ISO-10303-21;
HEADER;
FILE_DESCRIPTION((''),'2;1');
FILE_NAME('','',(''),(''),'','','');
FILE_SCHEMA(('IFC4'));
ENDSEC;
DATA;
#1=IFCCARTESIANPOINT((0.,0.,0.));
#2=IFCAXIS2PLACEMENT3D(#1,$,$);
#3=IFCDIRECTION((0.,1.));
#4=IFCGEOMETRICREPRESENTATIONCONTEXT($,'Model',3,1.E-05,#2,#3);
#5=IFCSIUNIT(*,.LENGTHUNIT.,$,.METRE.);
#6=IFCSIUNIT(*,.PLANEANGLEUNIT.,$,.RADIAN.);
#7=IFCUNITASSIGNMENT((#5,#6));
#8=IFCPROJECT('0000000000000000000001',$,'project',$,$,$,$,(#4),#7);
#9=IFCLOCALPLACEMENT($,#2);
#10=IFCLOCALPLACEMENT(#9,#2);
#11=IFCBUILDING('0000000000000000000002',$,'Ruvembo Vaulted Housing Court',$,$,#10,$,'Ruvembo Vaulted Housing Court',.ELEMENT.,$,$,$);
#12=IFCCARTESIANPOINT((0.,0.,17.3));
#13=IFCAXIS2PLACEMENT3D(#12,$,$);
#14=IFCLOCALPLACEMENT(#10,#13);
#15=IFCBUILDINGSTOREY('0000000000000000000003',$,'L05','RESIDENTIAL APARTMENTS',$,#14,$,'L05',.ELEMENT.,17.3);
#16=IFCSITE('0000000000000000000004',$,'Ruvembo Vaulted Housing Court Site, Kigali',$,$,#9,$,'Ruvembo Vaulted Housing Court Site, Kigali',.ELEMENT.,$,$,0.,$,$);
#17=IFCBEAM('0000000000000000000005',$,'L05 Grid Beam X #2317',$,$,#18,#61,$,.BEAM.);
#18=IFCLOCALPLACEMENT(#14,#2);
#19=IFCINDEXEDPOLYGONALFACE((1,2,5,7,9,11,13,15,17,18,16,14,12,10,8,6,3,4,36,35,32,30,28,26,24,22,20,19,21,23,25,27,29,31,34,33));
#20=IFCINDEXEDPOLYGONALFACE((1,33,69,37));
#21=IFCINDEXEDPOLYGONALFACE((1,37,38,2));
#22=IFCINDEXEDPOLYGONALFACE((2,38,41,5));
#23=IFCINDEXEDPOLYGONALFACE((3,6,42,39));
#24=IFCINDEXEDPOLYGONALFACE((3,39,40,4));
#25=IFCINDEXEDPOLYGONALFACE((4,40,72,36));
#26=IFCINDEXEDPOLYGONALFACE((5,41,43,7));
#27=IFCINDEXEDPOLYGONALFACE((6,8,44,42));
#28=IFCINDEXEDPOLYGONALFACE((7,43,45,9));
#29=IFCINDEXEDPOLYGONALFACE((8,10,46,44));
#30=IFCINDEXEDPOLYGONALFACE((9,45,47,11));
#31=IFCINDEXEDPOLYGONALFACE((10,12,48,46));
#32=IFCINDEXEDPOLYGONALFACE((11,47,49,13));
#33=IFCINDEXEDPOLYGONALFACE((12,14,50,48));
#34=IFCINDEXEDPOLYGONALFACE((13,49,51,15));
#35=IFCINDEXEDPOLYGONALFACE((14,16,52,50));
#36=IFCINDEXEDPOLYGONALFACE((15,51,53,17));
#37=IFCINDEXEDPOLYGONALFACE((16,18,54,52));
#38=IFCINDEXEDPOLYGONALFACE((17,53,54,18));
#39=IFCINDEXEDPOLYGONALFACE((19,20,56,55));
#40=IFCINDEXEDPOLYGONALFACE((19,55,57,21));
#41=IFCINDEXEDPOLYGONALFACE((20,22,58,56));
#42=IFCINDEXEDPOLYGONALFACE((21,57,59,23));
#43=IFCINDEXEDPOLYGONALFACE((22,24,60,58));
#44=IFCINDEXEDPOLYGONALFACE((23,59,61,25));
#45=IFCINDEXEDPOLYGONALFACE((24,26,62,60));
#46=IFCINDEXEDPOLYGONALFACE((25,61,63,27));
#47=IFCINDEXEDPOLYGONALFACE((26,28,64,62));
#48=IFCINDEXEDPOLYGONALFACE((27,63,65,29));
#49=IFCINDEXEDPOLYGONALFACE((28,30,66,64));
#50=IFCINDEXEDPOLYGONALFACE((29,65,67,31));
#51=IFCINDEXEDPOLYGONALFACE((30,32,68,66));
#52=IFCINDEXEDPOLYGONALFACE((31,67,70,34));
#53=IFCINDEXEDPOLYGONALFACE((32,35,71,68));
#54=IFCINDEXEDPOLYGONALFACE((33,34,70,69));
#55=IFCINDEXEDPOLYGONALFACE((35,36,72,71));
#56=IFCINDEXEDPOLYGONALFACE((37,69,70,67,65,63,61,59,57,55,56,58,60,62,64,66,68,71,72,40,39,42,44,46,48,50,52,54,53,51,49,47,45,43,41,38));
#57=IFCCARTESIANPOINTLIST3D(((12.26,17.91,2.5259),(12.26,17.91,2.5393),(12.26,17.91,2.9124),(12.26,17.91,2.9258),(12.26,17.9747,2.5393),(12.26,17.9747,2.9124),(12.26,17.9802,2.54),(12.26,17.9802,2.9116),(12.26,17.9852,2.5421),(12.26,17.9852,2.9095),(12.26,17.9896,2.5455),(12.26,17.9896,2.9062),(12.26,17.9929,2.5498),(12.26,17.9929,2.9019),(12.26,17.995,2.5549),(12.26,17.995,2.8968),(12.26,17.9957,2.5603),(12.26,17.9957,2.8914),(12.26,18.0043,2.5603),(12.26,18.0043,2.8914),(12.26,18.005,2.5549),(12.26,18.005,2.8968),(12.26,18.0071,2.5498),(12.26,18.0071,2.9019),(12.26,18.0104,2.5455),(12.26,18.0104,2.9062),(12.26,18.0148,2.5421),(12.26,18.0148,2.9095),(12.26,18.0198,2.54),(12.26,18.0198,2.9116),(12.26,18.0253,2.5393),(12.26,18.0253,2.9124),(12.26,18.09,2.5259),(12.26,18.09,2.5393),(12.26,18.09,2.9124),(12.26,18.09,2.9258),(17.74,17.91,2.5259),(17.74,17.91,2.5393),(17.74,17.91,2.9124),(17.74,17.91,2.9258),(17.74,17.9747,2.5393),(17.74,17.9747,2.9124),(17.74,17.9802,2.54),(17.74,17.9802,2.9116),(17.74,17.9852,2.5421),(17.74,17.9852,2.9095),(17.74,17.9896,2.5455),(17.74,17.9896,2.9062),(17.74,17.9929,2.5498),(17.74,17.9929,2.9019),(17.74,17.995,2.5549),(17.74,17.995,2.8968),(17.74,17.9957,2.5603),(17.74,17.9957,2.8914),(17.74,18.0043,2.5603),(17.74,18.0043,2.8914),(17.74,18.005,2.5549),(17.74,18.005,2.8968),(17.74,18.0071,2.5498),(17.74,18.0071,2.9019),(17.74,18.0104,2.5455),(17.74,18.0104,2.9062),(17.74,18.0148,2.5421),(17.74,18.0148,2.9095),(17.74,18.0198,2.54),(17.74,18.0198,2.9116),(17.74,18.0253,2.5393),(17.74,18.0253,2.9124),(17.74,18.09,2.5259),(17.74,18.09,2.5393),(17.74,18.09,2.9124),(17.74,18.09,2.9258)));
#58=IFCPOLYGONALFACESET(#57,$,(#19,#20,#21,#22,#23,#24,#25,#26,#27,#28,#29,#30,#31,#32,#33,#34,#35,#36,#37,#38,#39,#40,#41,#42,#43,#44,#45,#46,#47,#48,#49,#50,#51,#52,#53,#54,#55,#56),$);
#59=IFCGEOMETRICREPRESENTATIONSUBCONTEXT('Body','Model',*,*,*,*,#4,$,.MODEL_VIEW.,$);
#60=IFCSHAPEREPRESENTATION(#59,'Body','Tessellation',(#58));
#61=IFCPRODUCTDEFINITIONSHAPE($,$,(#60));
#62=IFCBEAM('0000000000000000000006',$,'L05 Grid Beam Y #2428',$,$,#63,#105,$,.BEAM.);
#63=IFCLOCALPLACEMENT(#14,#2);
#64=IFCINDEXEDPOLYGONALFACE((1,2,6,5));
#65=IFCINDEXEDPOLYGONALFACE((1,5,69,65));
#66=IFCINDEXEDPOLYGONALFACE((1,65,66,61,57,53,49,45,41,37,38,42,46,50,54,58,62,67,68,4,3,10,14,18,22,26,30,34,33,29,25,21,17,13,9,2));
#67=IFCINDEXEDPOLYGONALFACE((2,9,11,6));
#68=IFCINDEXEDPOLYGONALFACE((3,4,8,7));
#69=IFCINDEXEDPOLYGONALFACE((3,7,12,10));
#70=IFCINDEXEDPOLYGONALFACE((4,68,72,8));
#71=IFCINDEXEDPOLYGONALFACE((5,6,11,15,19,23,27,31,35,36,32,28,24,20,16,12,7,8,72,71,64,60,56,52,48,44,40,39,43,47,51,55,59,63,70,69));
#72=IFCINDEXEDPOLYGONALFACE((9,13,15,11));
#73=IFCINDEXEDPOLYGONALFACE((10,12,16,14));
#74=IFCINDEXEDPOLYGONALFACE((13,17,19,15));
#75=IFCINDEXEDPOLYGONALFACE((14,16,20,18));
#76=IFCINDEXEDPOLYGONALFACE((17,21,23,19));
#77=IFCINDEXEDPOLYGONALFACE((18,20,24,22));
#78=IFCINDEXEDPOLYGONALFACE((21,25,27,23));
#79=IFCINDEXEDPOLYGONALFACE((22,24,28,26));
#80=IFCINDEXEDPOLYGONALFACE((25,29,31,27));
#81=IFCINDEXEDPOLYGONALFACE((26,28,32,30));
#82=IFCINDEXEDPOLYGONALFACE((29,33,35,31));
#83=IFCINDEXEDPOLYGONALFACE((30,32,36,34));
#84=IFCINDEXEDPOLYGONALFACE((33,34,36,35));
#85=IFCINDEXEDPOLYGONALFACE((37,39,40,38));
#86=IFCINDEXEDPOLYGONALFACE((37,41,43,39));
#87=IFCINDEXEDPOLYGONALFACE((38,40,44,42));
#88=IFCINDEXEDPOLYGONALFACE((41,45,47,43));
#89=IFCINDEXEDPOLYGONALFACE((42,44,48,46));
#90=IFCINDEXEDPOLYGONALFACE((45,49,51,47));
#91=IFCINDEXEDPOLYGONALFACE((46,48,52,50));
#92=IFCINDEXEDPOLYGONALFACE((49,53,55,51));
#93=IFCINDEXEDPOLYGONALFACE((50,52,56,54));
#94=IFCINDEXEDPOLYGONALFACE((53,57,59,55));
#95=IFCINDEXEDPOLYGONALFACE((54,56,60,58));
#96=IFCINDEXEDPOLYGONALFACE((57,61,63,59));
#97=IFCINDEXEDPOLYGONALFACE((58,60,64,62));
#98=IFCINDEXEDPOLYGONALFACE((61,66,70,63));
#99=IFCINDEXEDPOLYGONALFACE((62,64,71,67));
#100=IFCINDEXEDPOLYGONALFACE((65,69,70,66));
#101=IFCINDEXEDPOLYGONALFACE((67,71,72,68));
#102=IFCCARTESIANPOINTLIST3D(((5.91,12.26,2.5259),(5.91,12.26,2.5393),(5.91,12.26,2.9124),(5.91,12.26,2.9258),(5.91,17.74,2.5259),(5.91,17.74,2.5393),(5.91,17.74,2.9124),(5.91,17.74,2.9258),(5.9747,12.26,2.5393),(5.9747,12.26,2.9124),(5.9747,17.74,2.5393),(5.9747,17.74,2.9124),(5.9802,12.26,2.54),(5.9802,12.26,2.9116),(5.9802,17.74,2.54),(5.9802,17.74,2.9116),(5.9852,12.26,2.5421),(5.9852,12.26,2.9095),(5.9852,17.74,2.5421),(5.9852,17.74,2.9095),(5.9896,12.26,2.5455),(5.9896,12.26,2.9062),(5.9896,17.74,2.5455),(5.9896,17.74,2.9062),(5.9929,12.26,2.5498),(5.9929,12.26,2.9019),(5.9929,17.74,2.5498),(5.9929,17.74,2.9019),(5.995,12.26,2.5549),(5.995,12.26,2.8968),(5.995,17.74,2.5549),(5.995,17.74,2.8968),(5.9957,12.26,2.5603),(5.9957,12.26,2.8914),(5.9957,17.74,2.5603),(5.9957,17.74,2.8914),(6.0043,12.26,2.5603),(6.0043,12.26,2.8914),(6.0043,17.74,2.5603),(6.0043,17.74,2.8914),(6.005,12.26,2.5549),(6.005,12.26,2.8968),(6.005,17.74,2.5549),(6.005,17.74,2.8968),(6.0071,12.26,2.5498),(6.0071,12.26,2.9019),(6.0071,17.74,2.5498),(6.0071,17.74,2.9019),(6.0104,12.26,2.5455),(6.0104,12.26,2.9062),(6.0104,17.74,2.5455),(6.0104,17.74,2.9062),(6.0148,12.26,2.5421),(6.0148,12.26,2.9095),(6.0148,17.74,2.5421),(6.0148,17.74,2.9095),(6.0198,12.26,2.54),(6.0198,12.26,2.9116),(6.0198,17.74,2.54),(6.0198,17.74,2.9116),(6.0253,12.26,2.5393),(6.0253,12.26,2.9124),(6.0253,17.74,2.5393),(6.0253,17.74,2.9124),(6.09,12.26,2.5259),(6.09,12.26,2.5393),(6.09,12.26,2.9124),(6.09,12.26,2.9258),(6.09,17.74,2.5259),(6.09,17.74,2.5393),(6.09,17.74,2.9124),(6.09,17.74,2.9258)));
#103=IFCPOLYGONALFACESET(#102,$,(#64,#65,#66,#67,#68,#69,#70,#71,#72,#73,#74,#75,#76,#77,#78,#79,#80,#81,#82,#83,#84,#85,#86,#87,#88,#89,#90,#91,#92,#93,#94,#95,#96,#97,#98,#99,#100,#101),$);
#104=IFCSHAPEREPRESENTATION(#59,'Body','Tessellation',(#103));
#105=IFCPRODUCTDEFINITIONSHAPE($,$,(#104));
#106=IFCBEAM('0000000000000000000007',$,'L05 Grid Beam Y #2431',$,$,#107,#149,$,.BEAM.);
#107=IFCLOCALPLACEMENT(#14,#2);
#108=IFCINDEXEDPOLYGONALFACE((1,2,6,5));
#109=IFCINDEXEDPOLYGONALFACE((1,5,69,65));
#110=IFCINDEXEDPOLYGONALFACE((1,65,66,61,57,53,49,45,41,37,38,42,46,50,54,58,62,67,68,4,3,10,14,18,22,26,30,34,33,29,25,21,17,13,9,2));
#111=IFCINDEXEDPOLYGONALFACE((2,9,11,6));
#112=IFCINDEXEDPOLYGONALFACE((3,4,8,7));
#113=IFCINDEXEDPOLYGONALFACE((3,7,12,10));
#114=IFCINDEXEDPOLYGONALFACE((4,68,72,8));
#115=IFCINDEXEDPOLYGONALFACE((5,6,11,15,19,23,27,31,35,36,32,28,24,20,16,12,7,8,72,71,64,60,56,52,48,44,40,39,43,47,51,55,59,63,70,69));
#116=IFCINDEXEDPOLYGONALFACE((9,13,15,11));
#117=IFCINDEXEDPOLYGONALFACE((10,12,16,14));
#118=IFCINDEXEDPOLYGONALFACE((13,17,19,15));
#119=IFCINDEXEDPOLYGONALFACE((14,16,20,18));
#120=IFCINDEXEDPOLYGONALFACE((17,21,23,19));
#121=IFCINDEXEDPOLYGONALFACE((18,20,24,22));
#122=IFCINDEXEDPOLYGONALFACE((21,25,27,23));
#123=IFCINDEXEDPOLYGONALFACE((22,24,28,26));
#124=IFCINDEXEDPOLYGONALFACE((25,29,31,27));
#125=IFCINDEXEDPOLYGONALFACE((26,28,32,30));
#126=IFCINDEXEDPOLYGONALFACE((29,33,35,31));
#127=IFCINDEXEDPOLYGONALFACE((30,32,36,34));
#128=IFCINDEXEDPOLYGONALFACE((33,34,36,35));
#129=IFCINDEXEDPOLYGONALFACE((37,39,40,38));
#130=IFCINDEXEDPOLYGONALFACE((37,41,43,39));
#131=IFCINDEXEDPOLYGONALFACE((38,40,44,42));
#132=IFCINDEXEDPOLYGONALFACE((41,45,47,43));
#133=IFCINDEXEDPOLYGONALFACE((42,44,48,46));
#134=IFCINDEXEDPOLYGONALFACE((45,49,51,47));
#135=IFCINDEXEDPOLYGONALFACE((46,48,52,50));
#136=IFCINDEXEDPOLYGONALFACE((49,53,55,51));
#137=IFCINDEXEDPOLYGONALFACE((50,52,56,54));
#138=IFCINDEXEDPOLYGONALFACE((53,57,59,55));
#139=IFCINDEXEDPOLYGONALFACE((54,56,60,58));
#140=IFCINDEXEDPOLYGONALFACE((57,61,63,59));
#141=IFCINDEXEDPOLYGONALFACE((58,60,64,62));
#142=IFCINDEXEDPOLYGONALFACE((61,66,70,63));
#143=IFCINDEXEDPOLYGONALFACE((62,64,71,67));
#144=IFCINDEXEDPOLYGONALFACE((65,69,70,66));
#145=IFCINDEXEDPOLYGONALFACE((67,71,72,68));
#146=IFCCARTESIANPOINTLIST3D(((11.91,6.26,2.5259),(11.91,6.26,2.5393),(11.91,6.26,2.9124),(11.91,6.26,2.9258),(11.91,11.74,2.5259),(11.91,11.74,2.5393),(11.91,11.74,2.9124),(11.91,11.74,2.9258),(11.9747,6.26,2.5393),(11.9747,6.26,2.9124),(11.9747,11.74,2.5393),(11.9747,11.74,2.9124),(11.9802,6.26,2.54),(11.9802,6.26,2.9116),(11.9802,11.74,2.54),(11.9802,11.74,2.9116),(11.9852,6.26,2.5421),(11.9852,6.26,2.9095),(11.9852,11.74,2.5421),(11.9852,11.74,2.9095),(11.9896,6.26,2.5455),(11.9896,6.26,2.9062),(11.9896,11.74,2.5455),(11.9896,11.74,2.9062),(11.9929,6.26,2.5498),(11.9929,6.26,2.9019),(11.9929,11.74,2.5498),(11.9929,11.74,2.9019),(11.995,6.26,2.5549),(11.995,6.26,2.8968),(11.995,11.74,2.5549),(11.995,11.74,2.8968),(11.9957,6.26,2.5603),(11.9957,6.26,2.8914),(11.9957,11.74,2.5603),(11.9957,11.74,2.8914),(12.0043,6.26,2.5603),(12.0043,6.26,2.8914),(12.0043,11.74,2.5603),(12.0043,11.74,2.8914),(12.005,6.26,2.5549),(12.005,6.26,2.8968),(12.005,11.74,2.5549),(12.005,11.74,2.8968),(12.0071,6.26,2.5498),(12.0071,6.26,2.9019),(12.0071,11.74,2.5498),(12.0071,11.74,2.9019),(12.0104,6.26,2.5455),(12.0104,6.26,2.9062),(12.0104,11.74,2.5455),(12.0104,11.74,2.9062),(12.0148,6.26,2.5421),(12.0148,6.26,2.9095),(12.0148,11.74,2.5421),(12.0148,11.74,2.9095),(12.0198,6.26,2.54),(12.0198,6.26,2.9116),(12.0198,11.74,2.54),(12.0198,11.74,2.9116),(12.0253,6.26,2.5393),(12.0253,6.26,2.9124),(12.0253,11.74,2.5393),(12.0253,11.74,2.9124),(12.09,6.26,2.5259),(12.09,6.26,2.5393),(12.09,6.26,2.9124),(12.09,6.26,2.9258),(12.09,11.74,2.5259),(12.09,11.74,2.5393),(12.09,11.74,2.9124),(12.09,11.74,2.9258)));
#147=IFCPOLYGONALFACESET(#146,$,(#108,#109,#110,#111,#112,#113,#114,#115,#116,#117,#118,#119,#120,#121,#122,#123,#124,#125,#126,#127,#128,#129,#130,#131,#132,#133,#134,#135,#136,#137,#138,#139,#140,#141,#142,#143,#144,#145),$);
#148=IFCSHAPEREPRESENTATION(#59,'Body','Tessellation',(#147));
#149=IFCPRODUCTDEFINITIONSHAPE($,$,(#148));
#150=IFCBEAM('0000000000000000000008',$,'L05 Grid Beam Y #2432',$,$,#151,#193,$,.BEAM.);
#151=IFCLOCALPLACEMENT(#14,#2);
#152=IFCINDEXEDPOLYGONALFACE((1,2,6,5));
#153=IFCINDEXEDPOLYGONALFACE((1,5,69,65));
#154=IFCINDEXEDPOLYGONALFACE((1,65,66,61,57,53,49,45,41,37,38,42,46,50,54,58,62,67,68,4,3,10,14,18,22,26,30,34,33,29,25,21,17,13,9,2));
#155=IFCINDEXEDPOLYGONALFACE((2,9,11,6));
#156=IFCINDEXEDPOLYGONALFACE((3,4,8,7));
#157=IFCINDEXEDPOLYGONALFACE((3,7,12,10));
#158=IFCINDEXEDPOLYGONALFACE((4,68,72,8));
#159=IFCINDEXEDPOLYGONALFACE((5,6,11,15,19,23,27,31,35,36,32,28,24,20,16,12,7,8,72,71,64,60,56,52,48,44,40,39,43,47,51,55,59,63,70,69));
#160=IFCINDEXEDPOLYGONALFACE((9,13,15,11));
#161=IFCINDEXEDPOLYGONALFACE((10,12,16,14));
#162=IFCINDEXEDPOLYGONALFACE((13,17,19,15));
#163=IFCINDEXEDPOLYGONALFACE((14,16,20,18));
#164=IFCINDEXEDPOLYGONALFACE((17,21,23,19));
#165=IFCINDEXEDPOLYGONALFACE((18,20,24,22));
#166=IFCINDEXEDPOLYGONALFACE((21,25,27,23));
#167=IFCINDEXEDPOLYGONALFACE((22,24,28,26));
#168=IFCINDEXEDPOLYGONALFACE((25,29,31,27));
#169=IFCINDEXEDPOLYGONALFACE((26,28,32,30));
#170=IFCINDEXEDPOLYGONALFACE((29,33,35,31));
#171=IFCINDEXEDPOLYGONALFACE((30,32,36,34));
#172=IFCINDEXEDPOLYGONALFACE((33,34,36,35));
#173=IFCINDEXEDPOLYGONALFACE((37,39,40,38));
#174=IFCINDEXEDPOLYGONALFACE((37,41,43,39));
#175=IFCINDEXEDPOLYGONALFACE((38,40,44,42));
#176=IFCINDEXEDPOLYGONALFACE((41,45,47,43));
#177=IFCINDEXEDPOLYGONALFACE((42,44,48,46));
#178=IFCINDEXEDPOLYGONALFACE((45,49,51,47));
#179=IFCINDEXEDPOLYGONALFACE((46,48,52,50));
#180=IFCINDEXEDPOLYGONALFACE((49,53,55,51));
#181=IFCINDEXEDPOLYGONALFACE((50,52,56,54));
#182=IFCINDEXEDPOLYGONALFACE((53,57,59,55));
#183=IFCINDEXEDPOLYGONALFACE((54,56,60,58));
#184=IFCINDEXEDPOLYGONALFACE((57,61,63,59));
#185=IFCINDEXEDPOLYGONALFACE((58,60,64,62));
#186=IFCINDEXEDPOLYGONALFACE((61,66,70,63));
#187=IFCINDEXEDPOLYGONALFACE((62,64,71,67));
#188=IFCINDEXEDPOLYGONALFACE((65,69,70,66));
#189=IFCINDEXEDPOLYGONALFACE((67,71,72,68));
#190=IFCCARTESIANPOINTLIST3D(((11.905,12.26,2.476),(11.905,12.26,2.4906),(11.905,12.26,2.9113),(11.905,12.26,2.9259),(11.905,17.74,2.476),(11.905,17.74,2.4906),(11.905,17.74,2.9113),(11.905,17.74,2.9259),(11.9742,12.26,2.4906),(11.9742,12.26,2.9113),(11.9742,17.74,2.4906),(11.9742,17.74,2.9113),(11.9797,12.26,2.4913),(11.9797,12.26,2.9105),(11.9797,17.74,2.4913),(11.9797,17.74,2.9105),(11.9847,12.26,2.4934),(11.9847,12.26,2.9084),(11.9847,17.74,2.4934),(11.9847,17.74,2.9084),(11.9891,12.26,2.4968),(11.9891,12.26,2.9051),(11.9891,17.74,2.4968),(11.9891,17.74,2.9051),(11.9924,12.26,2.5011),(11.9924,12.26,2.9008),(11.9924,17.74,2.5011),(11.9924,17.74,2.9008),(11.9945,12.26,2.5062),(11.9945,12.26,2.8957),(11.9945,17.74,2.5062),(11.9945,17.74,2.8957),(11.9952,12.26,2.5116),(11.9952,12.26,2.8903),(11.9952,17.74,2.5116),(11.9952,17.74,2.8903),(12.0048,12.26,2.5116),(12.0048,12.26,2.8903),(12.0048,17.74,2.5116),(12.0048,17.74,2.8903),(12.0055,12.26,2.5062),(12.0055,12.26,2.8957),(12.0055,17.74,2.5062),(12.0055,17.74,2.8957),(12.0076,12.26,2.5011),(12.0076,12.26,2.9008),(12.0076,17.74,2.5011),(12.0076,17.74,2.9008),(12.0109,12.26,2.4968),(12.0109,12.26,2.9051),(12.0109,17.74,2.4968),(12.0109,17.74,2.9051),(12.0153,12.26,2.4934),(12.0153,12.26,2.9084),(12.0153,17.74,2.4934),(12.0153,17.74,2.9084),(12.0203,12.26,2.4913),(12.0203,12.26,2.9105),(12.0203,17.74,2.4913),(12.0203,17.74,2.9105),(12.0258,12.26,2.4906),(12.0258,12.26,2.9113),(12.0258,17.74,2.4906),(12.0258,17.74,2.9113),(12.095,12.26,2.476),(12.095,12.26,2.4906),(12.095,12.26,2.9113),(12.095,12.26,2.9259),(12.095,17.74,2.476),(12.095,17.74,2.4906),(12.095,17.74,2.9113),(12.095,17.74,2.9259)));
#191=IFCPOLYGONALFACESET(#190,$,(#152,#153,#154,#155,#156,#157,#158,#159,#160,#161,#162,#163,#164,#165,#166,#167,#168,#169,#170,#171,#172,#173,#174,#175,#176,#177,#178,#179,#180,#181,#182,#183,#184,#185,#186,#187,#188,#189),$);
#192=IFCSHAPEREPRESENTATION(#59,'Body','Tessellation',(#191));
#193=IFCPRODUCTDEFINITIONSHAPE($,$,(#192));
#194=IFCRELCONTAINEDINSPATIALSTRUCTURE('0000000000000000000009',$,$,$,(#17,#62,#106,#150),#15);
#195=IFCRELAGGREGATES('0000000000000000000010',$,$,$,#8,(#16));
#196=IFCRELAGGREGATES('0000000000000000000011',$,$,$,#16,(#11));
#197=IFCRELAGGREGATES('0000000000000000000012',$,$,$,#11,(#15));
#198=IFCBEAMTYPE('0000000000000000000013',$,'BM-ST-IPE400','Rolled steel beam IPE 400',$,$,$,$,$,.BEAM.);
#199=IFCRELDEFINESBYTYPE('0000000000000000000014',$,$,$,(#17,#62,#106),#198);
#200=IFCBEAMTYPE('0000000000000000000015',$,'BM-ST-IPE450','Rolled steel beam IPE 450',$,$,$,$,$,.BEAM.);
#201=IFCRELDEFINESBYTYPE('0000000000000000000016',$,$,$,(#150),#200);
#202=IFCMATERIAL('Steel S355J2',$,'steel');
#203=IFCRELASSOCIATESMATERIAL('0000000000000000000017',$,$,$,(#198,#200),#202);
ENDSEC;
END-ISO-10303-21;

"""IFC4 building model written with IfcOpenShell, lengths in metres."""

from ifc_helpers import new_model, si_unit, direction, frame, origin, origin_2d, place, context, subcontext, project, spatial, i_section, extrude, material, material_profile, profile_set, type_object, element, save


model = new_model("IFC4")

# Units and contexts
model_context = context("Model", 3, precision=1e-05, world=origin(), true_north=direction((0.0, 1.0)))
body_context = subcontext(model_context, "Body", "Model", "MODEL_VIEW")
ifc_project = project(units=[si_unit("LENGTHUNIT", "METRE"), si_unit("PLANEANGLEUNIT", "RADIAN")], contexts=[model_context])

# Site, building, storey
site_placement = place(None, origin())
site = spatial("IfcSite", under=ifc_project, at=site_placement, Name="Ruvembo Vaulted Housing Court Site, Kigali", LongName="Ruvembo Vaulted Housing Court Site, Kigali", CompositionType="ELEMENT", RefElevation=0.0)
building_placement = place(site_placement, origin())
building = spatial("IfcBuilding", under=site, at=building_placement, Name="Ruvembo Vaulted Housing Court", LongName="Ruvembo Vaulted Housing Court", CompositionType="ELEMENT")
storey_placement = place(building_placement, frame((0.0, 0.0, 17.3)))
storey = spatial("IfcBuildingStorey", under=building, at=storey_placement, Name="L05", Description="RESIDENTIAL APARTMENTS", LongName="L05", CompositionType="ELEMENT", Elevation=17.3)

# Beams
ifc_material_1 = material(Name="Steel S355J2", Category="steel")
ifc_material_profile_1 = material_profile(ifc_material_1, i_section(OverallWidth=0.1799, OverallDepth=0.3999, WebThickness=0.0085, FlangeThickness=0.0134, FilletRadius=0.021, at=origin_2d()), Name="IPE 400")
ifc_profile_set_1 = profile_set([ifc_material_profile_1], Name="Steel S355J2")
beam_type_1 = type_object("IfcBeamType", Name="BM-ST-IPE400", Description="Rolled steel beam IPE 400", PredefinedType="BEAM", material=ifc_profile_set_1)
for number, where, z_axis, x_axis, name in (
    (1, (12.26, 18.0, 2.7258), (1.0, 0.0, 0.0), (0.0, 1.0, 0.0), "L05 Grid Beam X #2317"),
    (2, (6.0, 12.26, 2.7258), (0.0, 1.0, 0.0), (-1.0, 0.0, 0.0), "L05 Grid Beam Y #2428"),
    (3, (12.0, 6.26, 2.7258), (0.0, 1.0, 0.0), (-1.0, 0.0, 0.0), "L05 Grid Beam Y #2431"),
):
    element("IfcBeam", number, at=place(storey_placement, frame(where, z_axis=z_axis, x_axis=x_axis)), inside=storey, type_object=beam_type_1, Name=name, PredefinedType="BEAM", context=body_context, shape_type="SweptSolid", body=[
        extrude(i_section(OverallWidth=0.1799, OverallDepth=0.3999, WebThickness=0.0085, FlangeThickness=0.0134, FilletRadius=0.021, at=origin_2d()), origin(), (0.0, 0.0, 1.0), 5.48),
    ])
ifc_material_profile_2 = material_profile(ifc_material_1, i_section(OverallWidth=0.1899, OverallDepth=0.45, WebThickness=0.0095, FlangeThickness=0.0146, FilletRadius=0.021, at=origin_2d()), Name="IPE 450")
ifc_profile_set_2 = profile_set([ifc_material_profile_2], Name="Steel S355J2")
beam_type_2 = type_object("IfcBeamType", Name="BM-ST-IPE450", Description="Rolled steel beam IPE 450", PredefinedType="BEAM", material=ifc_profile_set_2)
beam_placement = place(storey_placement, frame((12.0, 12.26, 2.7009), z_axis=(0.0, 1.0, 0.0), x_axis=(-1.0, 0.0, 0.0)))
element("IfcBeam", 4, at=beam_placement, inside=storey, type_object=beam_type_2, Name="L05 Grid Beam Y #2432", PredefinedType="BEAM", context=body_context, shape_type="SweptSolid", body=[
    extrude(i_section(OverallWidth=0.1899, OverallDepth=0.45, WebThickness=0.0095, FlangeThickness=0.0146, FilletRadius=0.021, at=origin_2d()), origin(), (0.0, 0.0, 1.0), 5.48),
])

save(model, "model.ifc")
